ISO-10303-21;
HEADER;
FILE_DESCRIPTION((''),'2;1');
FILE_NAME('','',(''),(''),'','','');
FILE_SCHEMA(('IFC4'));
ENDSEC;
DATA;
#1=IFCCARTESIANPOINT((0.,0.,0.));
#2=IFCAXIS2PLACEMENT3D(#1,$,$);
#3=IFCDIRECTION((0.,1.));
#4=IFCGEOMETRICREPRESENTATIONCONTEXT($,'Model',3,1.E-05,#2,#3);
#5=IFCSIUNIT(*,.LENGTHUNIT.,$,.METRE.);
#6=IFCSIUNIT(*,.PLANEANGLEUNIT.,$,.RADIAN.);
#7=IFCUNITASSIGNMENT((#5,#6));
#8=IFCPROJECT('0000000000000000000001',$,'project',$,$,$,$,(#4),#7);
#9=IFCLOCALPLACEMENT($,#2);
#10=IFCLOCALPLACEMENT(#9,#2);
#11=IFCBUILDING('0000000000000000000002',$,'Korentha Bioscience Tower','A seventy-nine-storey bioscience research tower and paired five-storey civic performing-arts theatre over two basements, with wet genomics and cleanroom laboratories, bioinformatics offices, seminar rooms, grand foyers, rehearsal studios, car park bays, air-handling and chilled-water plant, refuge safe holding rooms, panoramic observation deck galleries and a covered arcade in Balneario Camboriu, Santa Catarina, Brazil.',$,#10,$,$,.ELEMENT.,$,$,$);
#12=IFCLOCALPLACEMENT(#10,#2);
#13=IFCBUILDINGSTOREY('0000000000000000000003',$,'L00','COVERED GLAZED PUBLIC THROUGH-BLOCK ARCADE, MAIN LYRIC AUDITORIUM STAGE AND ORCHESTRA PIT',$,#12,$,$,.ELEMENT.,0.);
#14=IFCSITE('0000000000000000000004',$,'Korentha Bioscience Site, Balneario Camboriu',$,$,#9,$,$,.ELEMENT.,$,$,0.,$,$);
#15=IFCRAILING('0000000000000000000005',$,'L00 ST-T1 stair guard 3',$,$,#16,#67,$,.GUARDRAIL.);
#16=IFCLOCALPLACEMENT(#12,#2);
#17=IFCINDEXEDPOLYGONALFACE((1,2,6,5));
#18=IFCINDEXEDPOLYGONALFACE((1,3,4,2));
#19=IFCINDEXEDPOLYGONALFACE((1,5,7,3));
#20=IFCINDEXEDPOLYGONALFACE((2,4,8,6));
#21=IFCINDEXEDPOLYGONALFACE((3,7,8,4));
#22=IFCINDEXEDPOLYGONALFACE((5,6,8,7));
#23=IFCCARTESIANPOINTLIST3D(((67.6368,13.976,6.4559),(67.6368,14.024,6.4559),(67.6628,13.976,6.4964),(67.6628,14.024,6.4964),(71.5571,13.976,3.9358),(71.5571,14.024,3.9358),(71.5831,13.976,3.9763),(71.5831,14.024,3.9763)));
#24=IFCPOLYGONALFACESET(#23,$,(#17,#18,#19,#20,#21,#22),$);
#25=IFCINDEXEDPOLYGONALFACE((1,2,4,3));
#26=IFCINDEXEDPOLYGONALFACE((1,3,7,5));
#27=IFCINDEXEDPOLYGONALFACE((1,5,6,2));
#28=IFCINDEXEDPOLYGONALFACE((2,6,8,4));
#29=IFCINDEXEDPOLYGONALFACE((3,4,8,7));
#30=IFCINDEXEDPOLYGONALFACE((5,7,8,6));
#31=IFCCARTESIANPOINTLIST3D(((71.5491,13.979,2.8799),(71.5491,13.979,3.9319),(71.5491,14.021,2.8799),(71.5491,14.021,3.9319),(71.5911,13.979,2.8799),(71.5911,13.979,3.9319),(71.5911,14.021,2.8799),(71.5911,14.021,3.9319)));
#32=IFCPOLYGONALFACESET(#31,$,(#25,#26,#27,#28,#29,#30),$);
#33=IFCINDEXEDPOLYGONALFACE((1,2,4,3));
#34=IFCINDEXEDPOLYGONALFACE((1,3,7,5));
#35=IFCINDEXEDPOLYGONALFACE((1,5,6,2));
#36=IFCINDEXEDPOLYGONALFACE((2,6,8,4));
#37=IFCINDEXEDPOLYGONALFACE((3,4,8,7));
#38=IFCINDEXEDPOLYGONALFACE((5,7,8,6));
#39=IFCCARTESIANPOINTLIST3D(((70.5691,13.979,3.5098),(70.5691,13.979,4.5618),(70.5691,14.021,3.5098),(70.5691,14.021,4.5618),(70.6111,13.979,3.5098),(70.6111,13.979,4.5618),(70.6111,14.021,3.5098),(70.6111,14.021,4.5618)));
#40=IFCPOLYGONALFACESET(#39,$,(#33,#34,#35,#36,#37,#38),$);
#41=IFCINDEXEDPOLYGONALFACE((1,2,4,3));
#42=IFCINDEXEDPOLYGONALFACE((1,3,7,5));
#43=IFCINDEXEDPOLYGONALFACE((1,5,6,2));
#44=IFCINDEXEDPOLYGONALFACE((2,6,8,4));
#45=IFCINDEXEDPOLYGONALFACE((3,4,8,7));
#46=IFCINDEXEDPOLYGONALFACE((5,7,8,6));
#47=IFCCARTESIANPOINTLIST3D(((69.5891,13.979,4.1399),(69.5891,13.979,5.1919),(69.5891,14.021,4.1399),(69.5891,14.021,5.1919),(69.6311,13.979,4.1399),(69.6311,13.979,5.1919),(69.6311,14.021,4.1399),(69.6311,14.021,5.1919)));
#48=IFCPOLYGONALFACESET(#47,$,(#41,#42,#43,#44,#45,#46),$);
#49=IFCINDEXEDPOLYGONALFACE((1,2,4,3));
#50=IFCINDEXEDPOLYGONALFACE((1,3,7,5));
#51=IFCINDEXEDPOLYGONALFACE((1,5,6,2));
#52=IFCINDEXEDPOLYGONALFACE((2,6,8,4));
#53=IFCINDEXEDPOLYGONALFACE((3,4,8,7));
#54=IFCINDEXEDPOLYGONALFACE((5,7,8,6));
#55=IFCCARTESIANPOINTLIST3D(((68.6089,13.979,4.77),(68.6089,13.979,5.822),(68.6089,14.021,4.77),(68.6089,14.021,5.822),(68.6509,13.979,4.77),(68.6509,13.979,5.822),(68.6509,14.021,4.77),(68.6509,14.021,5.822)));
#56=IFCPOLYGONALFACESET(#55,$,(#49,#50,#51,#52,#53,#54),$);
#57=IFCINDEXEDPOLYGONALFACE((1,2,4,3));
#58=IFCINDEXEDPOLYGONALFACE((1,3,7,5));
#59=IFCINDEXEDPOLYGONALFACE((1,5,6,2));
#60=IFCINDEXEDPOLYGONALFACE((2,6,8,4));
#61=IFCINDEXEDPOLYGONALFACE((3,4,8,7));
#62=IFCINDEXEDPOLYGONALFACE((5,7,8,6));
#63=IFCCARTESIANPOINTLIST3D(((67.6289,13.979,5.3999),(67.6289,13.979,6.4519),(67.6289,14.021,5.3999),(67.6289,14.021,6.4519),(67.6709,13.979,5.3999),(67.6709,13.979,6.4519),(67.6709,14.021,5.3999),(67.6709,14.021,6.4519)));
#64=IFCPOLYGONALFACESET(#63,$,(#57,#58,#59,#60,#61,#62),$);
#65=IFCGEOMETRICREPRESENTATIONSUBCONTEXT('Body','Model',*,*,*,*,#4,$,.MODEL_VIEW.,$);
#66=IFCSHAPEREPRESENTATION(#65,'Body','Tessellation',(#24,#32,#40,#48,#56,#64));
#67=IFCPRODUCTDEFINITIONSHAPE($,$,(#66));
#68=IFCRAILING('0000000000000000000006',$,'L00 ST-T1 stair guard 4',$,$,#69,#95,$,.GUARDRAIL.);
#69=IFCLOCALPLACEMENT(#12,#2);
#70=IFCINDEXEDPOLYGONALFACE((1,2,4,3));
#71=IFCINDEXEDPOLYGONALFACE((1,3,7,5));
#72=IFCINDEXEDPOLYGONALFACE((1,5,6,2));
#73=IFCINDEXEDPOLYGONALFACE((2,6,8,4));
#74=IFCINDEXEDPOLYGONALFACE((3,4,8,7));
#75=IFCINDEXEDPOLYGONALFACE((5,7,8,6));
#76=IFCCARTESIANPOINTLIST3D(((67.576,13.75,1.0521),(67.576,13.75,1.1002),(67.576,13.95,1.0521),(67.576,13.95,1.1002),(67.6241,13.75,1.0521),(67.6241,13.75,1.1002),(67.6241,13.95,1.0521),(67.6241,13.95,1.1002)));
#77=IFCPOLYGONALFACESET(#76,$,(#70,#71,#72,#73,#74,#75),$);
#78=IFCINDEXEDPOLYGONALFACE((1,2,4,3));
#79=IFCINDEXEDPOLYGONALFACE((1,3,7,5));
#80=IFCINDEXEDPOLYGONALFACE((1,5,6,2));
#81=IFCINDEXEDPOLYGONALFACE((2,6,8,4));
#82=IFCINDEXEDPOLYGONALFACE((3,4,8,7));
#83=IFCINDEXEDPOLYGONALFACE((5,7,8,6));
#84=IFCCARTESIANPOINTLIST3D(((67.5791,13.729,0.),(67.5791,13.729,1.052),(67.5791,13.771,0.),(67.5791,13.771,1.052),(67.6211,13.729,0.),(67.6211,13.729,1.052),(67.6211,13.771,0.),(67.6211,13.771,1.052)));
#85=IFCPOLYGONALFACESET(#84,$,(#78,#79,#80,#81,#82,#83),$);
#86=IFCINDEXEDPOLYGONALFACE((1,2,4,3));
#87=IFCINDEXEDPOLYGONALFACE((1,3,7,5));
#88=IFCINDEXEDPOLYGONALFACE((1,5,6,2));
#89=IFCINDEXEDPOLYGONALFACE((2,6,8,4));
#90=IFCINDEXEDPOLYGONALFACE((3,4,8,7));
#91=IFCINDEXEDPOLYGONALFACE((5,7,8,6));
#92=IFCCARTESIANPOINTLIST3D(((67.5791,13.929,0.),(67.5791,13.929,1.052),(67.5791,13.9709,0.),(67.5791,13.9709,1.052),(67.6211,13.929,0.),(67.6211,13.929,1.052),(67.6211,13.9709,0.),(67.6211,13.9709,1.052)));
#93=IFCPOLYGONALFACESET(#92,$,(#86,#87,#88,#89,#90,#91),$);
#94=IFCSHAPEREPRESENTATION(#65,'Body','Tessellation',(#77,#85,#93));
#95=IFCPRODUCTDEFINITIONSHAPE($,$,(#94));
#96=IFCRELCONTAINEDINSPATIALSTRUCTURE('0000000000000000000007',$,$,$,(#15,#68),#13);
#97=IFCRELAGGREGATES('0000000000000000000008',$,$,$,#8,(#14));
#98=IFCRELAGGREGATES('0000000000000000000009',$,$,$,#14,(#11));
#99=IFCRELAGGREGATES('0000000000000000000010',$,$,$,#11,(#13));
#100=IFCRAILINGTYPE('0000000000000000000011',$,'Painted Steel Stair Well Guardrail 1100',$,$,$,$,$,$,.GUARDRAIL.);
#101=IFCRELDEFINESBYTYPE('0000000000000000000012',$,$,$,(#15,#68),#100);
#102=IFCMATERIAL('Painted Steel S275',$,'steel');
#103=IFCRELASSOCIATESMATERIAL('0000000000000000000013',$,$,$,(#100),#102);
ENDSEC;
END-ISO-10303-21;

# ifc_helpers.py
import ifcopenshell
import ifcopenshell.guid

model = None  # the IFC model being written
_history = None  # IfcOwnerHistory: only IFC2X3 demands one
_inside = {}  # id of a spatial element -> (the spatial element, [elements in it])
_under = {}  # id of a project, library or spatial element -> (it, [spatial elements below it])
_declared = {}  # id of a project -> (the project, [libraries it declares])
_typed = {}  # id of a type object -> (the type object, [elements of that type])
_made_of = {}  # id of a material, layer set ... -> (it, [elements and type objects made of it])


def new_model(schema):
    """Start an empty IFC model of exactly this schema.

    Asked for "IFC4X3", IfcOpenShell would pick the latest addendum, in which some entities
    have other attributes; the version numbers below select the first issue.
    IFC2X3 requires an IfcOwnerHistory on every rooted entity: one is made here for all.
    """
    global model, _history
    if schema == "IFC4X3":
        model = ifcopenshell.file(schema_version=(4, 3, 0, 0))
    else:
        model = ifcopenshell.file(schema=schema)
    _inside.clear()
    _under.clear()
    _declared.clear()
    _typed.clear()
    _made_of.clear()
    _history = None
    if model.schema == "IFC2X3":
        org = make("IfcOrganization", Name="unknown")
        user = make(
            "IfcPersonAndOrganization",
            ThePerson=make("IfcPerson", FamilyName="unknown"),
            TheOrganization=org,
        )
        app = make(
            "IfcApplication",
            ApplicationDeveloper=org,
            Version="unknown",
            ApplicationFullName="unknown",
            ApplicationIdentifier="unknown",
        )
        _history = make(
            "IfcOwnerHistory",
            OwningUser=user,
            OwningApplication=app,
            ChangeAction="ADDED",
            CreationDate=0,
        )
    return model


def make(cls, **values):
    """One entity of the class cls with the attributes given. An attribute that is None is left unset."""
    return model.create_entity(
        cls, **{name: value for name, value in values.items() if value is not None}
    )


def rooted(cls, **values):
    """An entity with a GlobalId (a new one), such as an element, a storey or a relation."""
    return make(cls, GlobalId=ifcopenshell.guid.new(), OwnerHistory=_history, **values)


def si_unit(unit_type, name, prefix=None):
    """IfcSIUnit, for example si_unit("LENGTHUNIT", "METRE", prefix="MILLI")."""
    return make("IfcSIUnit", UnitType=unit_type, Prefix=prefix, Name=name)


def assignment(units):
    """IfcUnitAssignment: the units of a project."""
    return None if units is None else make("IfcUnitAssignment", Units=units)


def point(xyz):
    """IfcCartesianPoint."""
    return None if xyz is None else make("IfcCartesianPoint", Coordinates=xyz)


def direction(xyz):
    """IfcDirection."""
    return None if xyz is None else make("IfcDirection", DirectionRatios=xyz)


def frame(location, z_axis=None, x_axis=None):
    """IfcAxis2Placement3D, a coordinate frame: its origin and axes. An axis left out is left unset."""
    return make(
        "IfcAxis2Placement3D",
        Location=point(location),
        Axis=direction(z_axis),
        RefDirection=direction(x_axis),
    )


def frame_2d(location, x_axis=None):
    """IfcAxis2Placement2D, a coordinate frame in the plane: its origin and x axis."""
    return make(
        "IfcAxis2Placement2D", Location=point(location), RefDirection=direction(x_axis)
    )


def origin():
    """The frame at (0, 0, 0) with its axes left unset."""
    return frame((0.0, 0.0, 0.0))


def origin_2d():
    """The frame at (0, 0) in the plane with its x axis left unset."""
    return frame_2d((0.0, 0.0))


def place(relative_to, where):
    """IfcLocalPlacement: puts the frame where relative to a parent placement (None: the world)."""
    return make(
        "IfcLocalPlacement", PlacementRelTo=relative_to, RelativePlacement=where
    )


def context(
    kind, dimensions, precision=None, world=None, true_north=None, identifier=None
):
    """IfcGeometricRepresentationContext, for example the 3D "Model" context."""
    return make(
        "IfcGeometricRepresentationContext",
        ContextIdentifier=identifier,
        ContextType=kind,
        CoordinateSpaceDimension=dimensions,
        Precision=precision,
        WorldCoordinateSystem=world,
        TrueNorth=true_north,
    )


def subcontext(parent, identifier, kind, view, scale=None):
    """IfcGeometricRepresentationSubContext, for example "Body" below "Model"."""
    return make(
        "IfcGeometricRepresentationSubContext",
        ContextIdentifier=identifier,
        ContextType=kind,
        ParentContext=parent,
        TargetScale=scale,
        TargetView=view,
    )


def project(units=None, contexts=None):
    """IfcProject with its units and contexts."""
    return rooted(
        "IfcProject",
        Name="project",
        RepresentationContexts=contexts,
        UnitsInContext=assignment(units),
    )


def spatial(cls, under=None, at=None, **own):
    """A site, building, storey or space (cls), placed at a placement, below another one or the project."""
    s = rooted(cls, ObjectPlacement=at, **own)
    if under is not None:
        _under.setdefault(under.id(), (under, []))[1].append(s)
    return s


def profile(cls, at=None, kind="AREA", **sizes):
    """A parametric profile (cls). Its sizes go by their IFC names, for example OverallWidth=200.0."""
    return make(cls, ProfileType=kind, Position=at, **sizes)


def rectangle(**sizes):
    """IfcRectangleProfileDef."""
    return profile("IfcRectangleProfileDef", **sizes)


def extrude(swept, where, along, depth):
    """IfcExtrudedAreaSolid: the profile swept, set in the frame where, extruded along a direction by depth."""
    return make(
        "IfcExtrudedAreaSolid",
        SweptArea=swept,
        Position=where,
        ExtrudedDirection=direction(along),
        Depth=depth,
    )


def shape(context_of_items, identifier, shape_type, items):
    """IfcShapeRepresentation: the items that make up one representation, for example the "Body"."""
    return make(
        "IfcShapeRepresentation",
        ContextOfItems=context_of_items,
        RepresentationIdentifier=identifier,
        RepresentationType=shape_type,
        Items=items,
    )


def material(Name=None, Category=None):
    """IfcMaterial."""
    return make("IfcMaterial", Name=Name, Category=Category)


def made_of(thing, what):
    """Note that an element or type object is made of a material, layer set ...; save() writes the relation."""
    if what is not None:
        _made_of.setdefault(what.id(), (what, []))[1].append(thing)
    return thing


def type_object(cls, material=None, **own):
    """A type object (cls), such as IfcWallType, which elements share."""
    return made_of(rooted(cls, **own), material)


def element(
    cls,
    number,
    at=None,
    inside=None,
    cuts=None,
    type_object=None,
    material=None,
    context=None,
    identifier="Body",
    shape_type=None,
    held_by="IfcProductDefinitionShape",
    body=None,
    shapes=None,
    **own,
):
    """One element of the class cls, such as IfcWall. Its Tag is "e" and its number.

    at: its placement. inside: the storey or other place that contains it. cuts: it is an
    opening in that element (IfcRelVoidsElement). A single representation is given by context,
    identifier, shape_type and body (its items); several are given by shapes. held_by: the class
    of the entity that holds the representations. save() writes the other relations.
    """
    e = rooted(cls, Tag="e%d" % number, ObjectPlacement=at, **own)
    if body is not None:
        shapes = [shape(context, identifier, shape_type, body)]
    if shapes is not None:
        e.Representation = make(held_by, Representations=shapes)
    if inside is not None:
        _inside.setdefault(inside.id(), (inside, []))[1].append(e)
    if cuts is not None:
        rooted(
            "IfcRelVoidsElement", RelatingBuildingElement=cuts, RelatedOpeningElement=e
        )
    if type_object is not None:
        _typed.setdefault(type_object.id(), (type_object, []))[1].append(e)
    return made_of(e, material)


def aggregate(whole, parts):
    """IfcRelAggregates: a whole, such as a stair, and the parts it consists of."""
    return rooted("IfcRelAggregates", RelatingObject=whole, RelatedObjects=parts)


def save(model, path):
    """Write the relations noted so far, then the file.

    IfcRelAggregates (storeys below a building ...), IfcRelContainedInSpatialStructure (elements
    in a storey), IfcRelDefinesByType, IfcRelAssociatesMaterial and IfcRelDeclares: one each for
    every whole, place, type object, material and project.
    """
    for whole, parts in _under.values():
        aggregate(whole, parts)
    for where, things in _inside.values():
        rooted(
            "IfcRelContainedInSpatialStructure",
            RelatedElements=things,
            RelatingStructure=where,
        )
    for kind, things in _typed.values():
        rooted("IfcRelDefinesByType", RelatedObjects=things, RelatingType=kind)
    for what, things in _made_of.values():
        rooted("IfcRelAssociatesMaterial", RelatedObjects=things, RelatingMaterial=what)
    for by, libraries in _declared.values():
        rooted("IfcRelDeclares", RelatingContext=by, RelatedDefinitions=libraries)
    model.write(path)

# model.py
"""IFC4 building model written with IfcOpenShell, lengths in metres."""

from ifc_helpers import new_model, si_unit, direction, frame, origin, origin_2d, place, context, subcontext, project, spatial, rectangle, extrude, material, type_object, element, save


model = new_model("IFC4")

# Units and contexts
model_context = context("Model", 3, precision=1e-05, world=origin(), true_north=direction((0.0, 1.0)))
body_context = subcontext(model_context, "Body", "Model", "MODEL_VIEW")
ifc_project = project(units=[si_unit("LENGTHUNIT", "METRE"), si_unit("PLANEANGLEUNIT", "RADIAN")], contexts=[model_context])

# Site, building, storey
site_placement = place(None, origin())
site = spatial("IfcSite", under=ifc_project, at=site_placement, Name="Korentha Bioscience Site, Balneario Camboriu", CompositionType="ELEMENT", RefElevation=0.0)
building_placement = place(site_placement, origin())
building = spatial("IfcBuilding", under=site, at=building_placement, Name="Korentha Bioscience Tower", Description="A seventy-nine-storey bioscience research tower and paired five-storey civic performing-arts theatre over two basements, with wet genomics and cleanroom laboratories, bioinformatics offices, seminar rooms, grand foyers, rehearsal studios, car park bays, air-handling and chilled-water plant, refuge safe holding rooms, panoramic observation deck galleries and a covered arcade in Balneario Camboriu, Santa Catarina, Brazil.", CompositionType="ELEMENT")
storey_placement = place(building_placement, origin())
storey = spatial("IfcBuildingStorey", under=building, at=storey_placement, Name="L00", Description="COVERED GLAZED PUBLIC THROUGH-BLOCK ARCADE, MAIN LYRIC AUDITORIUM STAGE AND ORCHESTRA PIT", CompositionType="ELEMENT", Elevation=0.0)

# Railings
ifc_material_1 = material(Name="Painted Steel S275", Category="steel")
railing_type_1 = type_object("IfcRailingType", Name="Painted Steel Stair Well Guardrail 1100", PredefinedType="GUARDRAIL", material=ifc_material_1)
railing_1_placement = place(storey_placement, frame((71.5701, 14.0, 2.8799)))
element("IfcRailing", 1, at=railing_1_placement, inside=storey, type_object=railing_type_1, Name="L00 ST-T1 stair guard 3", PredefinedType="GUARDRAIL", context=body_context, shape_type="SweptSolid", body=[
    extrude(rectangle(XDim=0.0481, YDim=0.0481, at=origin_2d()), frame((0.0, 0.0, 1.0762), z_axis=(-0.841187, 0.0, 0.540744), x_axis=(0.0, -1.0, 0.0)), (0.0, 0.0, 1.0), 4.6604),
    extrude(rectangle(XDim=0.042, YDim=0.042, at=origin_2d()), origin(), (0.0, 0.0, 1.0), 1.052),
    extrude(rectangle(XDim=0.042, YDim=0.042, at=origin_2d()), frame((-0.98, 0.0, 0.6299)), (0.0, 0.0, 1.0), 1.052),
    extrude(rectangle(XDim=0.042, YDim=0.042, at=origin_2d()), frame((-1.96, 0.0, 1.26)), (0.0, 0.0, 1.0), 1.052),
    extrude(rectangle(XDim=0.042, YDim=0.042, at=origin_2d()), frame((-2.9402, 0.0, 1.8901)), (0.0, 0.0, 1.0), 1.052),
    extrude(rectangle(XDim=0.042, YDim=0.042, at=origin_2d()), frame((-3.9202, 0.0, 2.52)), (0.0, 0.0, 1.0), 1.052),
])
railing_2_placement = place(storey_placement, frame((67.6001, 13.75, 0.0)))
element("IfcRailing", 2, at=railing_2_placement, inside=storey, type_object=railing_type_1, Name="L00 ST-T1 stair guard 4", PredefinedType="GUARDRAIL", context=body_context, shape_type="SweptSolid", body=[
    extrude(rectangle(XDim=0.0481, YDim=0.0481, at=origin_2d()), frame((0.0, 0.0, 1.0762), z_axis=(0.0, 1.0, 0.0), x_axis=(-1.0, 0.0, 0.0)), (0.0, 0.0, 1.0), 0.2),
    extrude(rectangle(XDim=0.042, YDim=0.042, at=origin_2d()), origin(), (0.0, 0.0, 1.0), 1.052),
    extrude(rectangle(XDim=0.042, YDim=0.042, at=origin_2d()), frame((0.0, 0.2, 0.0)), (0.0, 0.0, 1.0), 1.052),
])

save(model, "model.ifc")
